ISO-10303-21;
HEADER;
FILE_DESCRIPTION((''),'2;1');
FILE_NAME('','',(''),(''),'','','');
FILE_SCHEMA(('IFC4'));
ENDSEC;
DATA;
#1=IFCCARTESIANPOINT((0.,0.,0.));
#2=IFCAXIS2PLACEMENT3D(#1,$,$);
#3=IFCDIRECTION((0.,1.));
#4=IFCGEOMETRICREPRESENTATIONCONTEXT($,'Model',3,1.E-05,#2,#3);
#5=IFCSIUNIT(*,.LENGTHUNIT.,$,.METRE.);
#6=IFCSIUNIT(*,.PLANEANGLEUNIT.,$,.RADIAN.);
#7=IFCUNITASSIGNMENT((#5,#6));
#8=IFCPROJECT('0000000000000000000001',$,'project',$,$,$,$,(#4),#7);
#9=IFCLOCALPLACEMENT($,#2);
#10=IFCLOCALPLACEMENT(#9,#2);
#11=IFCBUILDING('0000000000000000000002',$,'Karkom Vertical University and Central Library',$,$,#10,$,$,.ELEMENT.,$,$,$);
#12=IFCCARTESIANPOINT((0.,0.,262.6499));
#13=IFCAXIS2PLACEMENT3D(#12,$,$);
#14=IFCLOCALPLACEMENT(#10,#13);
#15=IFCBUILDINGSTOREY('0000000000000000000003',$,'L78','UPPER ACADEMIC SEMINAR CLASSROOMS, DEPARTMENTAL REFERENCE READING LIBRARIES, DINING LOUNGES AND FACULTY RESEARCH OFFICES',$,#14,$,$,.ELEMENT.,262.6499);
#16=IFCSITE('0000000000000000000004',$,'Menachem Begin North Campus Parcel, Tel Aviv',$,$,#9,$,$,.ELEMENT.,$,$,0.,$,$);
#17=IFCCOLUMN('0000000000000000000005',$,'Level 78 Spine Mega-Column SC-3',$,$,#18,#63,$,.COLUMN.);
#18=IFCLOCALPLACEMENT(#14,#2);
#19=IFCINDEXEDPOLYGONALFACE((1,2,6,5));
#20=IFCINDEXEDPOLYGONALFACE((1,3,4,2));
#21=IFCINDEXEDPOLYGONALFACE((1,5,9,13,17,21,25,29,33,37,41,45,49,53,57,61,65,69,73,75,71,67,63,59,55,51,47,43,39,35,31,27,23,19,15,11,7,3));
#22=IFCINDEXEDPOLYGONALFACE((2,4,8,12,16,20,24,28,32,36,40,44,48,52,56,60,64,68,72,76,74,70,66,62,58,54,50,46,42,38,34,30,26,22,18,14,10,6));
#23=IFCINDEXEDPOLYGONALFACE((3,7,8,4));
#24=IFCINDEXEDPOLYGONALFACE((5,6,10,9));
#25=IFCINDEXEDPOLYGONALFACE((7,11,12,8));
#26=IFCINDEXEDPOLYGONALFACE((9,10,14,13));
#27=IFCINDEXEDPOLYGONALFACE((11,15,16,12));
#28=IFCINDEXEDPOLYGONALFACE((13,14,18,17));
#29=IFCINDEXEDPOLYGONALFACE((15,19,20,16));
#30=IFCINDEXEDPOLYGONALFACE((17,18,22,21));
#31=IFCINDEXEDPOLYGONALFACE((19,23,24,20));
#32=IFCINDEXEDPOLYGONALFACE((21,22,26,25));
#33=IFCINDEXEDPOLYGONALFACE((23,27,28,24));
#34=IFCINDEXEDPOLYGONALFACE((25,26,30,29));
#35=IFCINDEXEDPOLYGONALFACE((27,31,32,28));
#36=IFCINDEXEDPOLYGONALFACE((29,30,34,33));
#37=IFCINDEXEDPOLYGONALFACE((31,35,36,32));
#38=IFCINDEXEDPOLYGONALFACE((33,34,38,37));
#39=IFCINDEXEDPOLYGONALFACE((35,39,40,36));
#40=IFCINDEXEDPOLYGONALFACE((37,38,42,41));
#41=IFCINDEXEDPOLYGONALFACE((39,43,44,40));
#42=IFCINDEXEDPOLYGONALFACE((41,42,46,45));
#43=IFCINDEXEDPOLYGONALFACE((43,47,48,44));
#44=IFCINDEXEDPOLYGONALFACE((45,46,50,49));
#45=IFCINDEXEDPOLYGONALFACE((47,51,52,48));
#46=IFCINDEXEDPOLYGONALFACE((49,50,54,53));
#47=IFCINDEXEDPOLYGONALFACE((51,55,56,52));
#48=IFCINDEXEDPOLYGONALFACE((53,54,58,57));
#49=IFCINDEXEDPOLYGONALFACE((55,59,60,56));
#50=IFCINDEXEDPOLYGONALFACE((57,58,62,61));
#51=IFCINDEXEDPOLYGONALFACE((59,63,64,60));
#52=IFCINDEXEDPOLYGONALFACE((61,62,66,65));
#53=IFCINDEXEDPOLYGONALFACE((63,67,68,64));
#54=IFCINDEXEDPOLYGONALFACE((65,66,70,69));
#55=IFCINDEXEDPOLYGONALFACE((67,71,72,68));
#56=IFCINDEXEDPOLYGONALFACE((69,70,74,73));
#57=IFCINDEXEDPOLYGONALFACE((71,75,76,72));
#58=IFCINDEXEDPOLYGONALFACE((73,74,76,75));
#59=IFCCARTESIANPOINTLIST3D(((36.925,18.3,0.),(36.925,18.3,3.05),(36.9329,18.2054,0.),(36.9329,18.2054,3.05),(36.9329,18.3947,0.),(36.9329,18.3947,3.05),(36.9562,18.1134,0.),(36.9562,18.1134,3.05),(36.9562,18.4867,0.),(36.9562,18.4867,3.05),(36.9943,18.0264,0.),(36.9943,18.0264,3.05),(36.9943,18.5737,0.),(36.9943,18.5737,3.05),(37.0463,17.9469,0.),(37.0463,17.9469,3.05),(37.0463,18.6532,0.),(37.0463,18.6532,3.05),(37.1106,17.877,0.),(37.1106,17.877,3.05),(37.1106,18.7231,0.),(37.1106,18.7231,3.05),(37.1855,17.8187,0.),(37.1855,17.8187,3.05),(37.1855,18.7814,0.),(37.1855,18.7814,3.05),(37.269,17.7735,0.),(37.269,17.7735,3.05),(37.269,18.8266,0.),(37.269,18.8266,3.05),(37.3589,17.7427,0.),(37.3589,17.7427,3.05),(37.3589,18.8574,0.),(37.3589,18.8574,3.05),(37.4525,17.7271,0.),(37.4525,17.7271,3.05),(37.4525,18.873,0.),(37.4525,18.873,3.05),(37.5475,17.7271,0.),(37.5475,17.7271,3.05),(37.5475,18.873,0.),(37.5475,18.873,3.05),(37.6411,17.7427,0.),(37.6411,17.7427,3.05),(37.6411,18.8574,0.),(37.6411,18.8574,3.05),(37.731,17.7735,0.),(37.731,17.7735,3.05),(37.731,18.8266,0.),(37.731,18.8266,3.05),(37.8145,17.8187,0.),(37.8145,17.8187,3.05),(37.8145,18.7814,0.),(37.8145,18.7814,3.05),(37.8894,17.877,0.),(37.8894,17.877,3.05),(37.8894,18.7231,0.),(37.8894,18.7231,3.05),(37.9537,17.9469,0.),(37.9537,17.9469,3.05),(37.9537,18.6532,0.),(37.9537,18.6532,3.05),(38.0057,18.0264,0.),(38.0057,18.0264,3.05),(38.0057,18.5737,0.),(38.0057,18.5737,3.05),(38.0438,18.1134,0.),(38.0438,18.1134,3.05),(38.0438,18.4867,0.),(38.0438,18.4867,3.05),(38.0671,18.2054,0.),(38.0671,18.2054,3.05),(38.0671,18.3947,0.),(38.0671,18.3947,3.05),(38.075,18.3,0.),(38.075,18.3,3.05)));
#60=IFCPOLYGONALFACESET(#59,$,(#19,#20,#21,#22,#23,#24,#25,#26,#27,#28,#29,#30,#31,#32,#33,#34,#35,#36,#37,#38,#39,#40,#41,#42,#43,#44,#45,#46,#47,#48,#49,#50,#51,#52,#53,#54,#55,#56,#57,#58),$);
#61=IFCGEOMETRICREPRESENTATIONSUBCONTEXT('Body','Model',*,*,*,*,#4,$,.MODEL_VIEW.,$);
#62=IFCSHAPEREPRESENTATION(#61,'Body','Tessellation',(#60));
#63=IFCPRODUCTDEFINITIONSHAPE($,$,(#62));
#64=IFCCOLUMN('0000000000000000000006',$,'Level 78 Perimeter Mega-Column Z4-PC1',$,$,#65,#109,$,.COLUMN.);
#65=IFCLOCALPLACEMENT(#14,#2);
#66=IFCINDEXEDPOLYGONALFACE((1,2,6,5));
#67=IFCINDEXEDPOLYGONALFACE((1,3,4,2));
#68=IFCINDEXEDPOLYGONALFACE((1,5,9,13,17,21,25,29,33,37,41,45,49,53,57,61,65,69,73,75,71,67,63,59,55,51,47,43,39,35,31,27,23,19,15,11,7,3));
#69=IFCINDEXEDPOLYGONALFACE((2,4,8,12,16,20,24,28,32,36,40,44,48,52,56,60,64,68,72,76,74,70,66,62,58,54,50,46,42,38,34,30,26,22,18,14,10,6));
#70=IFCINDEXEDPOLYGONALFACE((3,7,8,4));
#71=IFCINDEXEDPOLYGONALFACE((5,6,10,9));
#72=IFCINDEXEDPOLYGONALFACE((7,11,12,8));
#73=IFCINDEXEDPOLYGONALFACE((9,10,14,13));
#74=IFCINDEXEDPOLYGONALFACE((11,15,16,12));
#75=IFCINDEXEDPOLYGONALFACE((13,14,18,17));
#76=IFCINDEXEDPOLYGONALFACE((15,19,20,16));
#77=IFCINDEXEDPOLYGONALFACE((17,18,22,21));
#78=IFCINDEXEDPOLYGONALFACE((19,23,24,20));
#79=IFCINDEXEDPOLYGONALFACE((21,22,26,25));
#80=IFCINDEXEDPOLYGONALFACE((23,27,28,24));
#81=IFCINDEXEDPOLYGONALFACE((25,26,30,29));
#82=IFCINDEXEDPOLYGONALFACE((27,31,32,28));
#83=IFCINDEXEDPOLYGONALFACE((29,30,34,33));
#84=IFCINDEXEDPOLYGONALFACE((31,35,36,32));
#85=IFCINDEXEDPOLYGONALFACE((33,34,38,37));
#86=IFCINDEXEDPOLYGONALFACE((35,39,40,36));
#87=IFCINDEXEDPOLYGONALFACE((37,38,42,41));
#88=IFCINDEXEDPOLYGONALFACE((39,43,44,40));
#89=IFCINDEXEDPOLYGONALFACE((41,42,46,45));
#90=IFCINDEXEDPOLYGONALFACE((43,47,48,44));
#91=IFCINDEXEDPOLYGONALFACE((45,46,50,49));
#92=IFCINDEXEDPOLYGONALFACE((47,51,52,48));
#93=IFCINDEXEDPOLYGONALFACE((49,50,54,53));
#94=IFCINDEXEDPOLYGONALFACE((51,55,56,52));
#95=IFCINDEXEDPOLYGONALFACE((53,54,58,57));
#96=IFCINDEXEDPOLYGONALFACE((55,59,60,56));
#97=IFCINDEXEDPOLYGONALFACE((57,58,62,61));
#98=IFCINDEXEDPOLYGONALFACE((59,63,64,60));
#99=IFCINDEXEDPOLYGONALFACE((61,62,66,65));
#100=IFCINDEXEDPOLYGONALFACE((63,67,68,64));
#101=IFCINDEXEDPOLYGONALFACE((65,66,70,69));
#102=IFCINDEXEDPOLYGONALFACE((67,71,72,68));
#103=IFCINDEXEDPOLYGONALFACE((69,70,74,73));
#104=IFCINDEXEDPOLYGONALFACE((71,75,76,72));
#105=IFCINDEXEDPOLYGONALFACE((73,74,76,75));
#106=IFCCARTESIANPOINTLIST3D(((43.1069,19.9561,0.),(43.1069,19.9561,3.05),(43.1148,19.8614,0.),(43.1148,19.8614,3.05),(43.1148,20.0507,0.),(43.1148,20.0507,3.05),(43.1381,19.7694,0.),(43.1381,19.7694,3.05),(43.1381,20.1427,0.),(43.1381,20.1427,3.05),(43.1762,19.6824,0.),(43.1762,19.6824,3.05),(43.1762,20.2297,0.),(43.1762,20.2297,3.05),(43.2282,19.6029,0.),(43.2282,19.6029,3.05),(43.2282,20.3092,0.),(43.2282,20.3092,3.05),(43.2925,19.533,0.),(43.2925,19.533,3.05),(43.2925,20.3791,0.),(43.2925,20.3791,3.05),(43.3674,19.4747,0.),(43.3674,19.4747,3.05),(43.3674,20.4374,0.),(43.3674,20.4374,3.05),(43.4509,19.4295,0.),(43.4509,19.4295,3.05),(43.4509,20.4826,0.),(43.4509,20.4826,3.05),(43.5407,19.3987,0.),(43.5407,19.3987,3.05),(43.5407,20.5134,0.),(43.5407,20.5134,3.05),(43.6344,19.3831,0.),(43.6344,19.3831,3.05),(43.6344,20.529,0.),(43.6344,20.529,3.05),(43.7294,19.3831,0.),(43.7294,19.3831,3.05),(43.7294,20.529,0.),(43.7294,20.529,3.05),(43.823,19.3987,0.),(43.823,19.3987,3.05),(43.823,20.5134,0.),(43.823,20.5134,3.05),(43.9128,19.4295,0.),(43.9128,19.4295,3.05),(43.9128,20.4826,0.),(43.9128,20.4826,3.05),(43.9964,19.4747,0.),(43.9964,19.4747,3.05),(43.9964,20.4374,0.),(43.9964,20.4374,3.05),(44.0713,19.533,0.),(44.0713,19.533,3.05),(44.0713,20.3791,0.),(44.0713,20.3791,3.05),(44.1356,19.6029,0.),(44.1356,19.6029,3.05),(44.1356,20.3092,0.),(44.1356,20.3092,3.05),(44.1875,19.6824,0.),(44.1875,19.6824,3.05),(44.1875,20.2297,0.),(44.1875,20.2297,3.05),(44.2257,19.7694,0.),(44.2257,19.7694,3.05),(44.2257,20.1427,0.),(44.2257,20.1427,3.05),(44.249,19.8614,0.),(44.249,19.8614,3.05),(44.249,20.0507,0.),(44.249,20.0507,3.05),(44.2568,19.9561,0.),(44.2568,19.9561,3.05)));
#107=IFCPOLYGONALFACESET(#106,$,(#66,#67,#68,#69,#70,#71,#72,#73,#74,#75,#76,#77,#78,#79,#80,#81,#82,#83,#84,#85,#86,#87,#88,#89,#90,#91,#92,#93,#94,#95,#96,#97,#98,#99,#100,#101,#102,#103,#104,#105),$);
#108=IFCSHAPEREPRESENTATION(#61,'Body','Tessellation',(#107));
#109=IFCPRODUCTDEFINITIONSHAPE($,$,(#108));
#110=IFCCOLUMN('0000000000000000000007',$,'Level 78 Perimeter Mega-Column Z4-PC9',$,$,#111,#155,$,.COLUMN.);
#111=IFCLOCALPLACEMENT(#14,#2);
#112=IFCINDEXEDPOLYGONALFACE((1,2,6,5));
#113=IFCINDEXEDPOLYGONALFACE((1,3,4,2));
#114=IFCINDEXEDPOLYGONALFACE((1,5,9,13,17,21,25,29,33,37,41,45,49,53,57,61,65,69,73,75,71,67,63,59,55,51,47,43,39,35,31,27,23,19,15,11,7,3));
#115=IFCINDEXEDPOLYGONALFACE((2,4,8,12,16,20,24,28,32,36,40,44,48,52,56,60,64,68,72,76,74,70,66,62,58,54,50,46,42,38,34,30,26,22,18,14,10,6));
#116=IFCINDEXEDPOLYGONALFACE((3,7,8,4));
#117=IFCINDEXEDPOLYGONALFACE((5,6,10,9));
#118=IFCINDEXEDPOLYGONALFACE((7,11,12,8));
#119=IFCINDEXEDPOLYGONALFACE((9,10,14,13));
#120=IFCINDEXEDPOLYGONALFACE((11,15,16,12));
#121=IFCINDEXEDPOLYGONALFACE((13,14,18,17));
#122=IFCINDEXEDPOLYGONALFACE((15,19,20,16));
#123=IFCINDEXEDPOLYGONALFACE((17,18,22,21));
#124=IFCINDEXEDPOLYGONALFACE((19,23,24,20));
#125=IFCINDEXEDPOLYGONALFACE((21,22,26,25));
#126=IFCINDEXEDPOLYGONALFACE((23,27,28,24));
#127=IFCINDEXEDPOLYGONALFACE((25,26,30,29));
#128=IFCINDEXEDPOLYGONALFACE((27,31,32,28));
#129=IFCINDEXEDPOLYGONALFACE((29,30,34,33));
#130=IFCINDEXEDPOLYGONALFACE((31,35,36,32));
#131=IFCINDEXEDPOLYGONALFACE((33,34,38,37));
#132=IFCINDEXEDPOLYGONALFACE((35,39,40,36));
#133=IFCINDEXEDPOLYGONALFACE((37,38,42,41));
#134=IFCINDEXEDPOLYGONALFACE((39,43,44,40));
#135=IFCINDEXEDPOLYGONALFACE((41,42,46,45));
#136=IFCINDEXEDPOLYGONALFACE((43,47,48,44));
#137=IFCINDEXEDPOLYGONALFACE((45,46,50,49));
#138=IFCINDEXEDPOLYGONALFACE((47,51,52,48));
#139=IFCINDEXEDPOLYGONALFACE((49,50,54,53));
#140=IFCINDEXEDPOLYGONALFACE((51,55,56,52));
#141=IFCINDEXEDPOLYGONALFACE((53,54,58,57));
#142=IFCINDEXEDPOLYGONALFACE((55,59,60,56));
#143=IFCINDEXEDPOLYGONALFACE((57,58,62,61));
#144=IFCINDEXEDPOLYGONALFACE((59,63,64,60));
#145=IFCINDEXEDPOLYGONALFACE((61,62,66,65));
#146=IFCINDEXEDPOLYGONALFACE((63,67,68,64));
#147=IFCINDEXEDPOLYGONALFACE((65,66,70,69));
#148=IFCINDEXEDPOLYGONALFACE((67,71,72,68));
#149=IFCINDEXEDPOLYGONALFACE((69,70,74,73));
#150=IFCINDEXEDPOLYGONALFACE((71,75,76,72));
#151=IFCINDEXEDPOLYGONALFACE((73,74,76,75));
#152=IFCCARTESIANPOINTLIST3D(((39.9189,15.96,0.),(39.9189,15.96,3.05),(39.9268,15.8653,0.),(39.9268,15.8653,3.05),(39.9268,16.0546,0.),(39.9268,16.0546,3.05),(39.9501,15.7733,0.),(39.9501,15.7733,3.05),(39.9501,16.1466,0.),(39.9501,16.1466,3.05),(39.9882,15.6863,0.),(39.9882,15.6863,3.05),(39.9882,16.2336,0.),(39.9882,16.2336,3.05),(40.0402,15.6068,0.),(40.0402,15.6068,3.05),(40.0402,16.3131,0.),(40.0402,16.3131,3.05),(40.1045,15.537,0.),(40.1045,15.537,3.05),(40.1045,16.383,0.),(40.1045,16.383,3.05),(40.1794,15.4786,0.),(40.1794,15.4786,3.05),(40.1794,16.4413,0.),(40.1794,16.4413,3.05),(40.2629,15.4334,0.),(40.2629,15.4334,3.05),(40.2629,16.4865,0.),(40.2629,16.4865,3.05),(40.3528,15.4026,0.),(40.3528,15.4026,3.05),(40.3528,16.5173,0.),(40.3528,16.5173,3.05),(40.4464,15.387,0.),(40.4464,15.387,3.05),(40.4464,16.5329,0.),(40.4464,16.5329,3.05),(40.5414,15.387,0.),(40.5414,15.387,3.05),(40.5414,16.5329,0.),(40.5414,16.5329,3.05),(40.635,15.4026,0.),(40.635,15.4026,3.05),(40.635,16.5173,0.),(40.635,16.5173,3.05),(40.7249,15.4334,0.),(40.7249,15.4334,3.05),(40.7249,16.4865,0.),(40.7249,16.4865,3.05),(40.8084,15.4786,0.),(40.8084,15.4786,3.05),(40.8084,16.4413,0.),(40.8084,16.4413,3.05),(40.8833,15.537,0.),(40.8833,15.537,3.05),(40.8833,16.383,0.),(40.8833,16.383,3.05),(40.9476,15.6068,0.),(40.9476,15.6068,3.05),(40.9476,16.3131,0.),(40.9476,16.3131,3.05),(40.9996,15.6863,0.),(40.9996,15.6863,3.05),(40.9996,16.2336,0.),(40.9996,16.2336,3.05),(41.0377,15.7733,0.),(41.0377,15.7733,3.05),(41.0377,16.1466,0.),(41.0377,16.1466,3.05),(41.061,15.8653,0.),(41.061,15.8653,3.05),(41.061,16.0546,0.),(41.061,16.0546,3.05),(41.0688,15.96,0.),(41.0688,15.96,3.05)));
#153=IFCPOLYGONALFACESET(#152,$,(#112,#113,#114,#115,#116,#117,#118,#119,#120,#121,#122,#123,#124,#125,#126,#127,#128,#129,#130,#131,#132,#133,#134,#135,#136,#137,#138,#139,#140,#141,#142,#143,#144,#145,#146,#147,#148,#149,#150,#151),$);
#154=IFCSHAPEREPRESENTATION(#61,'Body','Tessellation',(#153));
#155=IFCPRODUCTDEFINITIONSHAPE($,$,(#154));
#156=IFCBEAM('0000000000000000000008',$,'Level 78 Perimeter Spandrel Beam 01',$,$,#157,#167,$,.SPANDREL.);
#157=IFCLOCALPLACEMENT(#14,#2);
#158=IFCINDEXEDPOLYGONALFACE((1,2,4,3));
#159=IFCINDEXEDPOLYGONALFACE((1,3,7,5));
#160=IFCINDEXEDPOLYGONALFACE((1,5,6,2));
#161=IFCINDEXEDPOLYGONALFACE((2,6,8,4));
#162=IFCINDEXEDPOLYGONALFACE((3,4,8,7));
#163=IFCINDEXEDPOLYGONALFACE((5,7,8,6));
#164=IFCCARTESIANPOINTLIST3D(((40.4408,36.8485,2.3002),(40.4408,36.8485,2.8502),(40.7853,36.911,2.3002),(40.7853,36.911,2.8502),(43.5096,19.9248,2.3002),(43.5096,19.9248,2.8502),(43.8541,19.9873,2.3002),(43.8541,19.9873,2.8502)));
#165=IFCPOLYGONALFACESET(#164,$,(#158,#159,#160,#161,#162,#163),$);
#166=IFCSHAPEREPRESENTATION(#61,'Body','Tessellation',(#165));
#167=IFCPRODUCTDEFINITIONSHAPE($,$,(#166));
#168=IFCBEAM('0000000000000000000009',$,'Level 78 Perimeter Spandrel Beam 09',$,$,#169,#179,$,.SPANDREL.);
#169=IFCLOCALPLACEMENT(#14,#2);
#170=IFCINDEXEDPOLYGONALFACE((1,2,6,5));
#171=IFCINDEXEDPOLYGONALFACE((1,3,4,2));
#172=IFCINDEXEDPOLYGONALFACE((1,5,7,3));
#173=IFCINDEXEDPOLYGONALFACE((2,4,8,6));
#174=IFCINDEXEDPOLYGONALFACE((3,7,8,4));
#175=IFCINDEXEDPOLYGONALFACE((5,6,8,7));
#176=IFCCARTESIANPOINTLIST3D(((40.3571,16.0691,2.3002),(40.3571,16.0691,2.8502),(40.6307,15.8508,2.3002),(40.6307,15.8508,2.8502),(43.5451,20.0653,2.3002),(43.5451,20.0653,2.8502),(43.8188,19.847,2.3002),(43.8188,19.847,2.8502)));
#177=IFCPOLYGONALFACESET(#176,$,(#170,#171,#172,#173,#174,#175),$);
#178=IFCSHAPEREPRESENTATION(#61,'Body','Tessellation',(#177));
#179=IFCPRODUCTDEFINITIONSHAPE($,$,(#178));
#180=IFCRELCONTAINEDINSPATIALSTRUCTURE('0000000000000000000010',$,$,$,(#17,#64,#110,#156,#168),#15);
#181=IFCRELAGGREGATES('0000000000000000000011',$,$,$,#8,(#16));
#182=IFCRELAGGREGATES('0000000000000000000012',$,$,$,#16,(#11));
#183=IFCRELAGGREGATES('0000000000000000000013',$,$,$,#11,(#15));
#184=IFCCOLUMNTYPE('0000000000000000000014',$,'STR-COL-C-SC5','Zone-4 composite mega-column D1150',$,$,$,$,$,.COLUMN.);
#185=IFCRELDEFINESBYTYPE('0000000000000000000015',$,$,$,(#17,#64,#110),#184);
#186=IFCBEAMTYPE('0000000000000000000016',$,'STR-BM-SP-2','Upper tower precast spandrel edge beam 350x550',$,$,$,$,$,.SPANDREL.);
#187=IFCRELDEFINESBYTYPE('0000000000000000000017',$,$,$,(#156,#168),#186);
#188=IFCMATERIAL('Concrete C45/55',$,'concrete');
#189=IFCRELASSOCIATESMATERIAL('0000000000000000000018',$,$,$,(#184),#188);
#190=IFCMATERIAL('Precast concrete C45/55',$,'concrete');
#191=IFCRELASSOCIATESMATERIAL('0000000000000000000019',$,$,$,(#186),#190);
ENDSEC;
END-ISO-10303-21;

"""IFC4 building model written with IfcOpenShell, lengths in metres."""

from ifc_helpers import new_model, si_unit, direction, frame, origin, origin_with_axes, origin_2d, place, context, subcontext, project, spatial, rectangle, circle, extrude, source, transform, mapped, material, material_profile, profile_set, type_object, element, save


model = new_model("IFC4")

# Units and contexts
model_context = context("Model", 3, precision=1e-05, world=origin(), true_north=direction((0.0, 1.0)))
body_context = subcontext(model_context, "Body", "Model", "MODEL_VIEW")
ifc_project = project(units=[si_unit("LENGTHUNIT", "METRE"), si_unit("PLANEANGLEUNIT", "RADIAN")], contexts=[model_context])

# Site, building, storey
site_placement = place(None, origin())
site = spatial("IfcSite", under=ifc_project, at=site_placement, Name="Menachem Begin North Campus Parcel, Tel Aviv", CompositionType="ELEMENT", RefElevation=0.0)
building_placement = place(site_placement, origin())
building = spatial("IfcBuilding", under=site, at=building_placement, Name="Karkom Vertical University and Central Library", CompositionType="ELEMENT")
storey_placement = place(building_placement, frame((0.0, 0.0, 262.6499)))
storey = spatial("IfcBuildingStorey", under=building, at=storey_placement, Name="L78", Description="UPPER ACADEMIC SEMINAR CLASSROOMS, DEPARTMENTAL REFERENCE READING LIBRARIES, DINING LOUNGES AND FACULTY RESEARCH OFFICES", CompositionType="ELEMENT", Elevation=262.6499)

# Columns
ifc_material_1 = material(Name="Concrete C45/55", Category="concrete")
ifc_material_profile_1 = material_profile(ifc_material_1, circle(Radius=0.575, at=origin_2d()), Name="CFT-D1150")
ifc_profile_set_1 = profile_set([ifc_material_profile_1], Name="Concrete C45/55")
column_type = type_object("IfcColumnType", Name="STR-COL-C-SC5", Description="Zone-4 composite mega-column D1150", PredefinedType="COLUMN", material=ifc_profile_set_1)
shared_shape_1 = source(origin_with_axes(), body_context, "Body", "SweptSolid", [
    extrude(circle(Radius=0.575, at=origin_2d()), origin(), (0.0, 0.0, 1.0), 3.05),
])
for number, where, z_axis, x_axis, name in (
    (1, (37.5, 18.3, 0.0), (0.0, 0.0, 1.0), (1.0, 0.0, 0.0), "Level 78 Spine Mega-Column SC-3"),
    (2, (43.6819, 19.9561, 0.0), (0.0, 0.0, 1.0), (1.0, 0.0, 0.0), "Level 78 Perimeter Mega-Column Z4-PC1"),
    (3, (40.4939, 15.96, 0.0), (0.0, 0.0, 1.0), (1.0, 0.0, 0.0), "Level 78 Perimeter Mega-Column Z4-PC9"),
):
    element("IfcColumn", number, at=place(storey_placement, frame(where, z_axis=z_axis, x_axis=x_axis)), inside=storey, type_object=column_type, Name=name, PredefinedType="COLUMN", context=body_context, shape_type="MappedRepresentation", body=[
        mapped(shared_shape_1, transform((0.0, 0.0, 0.0), scale=1.0)),
    ])

# Beams
ifc_material_2 = material(Name="Precast concrete C45/55", Category="concrete")
ifc_material_profile_2 = material_profile(ifc_material_2, rectangle(XDim=0.3501, YDim=0.55, at=origin_2d()), Name="SPB-350x550")
ifc_profile_set_2 = profile_set([ifc_material_profile_2], Name="Precast concrete C45/55")
beam_type_1 = type_object("IfcBeamType", Name="STR-BM-SP-2", Description="Upper tower precast spandrel edge beam 350x550", PredefinedType="SPANDREL", material=ifc_profile_set_2)
shared_shape_2 = source(origin_with_axes(), body_context, "Body", "SweptSolid", [
    extrude(rectangle(XDim=0.3501, YDim=0.55, at=origin_2d()), origin(), (0.0, 0.0, 1.0), 17.1997),
])
beam_1_placement = place(storey_placement, frame((43.6819, 19.9561, 2.5752), z_axis=(-0.178423, 0.983954, 0.0), x_axis=(-0.983954, -0.178423, 0.0)))
element("IfcBeam", 4, at=beam_1_placement, inside=storey, type_object=beam_type_1, Name="Level 78 Perimeter Spandrel Beam 01", PredefinedType="SPANDREL", context=body_context, shape_type="MappedRepresentation", body=[
    mapped(shared_shape_2, transform((0.0, 0.0, 0.0), scale=1.0)),
])
shared_shape_3 = source(origin_with_axes(), body_context, "Body", "SweptSolid", [
    extrude(rectangle(XDim=0.3501, YDim=0.55, at=origin_2d()), origin(), (0.0, 0.0, 1.0), 5.1121),
])
beam_2_placement = place(storey_placement, frame((40.4939, 15.96, 2.5752), z_axis=(0.623634, 0.781716, 0.0), x_axis=(-0.781716, 0.623634, 0.0)))
element("IfcBeam", 5, at=beam_2_placement, inside=storey, type_object=beam_type_1, Name="Level 78 Perimeter Spandrel Beam 09", PredefinedType="SPANDREL", context=body_context, shape_type="MappedRepresentation", body=[
    mapped(shared_shape_3, transform((0.0, 0.0, 0.0), scale=1.0)),
])

save(model, "model.ifc")
